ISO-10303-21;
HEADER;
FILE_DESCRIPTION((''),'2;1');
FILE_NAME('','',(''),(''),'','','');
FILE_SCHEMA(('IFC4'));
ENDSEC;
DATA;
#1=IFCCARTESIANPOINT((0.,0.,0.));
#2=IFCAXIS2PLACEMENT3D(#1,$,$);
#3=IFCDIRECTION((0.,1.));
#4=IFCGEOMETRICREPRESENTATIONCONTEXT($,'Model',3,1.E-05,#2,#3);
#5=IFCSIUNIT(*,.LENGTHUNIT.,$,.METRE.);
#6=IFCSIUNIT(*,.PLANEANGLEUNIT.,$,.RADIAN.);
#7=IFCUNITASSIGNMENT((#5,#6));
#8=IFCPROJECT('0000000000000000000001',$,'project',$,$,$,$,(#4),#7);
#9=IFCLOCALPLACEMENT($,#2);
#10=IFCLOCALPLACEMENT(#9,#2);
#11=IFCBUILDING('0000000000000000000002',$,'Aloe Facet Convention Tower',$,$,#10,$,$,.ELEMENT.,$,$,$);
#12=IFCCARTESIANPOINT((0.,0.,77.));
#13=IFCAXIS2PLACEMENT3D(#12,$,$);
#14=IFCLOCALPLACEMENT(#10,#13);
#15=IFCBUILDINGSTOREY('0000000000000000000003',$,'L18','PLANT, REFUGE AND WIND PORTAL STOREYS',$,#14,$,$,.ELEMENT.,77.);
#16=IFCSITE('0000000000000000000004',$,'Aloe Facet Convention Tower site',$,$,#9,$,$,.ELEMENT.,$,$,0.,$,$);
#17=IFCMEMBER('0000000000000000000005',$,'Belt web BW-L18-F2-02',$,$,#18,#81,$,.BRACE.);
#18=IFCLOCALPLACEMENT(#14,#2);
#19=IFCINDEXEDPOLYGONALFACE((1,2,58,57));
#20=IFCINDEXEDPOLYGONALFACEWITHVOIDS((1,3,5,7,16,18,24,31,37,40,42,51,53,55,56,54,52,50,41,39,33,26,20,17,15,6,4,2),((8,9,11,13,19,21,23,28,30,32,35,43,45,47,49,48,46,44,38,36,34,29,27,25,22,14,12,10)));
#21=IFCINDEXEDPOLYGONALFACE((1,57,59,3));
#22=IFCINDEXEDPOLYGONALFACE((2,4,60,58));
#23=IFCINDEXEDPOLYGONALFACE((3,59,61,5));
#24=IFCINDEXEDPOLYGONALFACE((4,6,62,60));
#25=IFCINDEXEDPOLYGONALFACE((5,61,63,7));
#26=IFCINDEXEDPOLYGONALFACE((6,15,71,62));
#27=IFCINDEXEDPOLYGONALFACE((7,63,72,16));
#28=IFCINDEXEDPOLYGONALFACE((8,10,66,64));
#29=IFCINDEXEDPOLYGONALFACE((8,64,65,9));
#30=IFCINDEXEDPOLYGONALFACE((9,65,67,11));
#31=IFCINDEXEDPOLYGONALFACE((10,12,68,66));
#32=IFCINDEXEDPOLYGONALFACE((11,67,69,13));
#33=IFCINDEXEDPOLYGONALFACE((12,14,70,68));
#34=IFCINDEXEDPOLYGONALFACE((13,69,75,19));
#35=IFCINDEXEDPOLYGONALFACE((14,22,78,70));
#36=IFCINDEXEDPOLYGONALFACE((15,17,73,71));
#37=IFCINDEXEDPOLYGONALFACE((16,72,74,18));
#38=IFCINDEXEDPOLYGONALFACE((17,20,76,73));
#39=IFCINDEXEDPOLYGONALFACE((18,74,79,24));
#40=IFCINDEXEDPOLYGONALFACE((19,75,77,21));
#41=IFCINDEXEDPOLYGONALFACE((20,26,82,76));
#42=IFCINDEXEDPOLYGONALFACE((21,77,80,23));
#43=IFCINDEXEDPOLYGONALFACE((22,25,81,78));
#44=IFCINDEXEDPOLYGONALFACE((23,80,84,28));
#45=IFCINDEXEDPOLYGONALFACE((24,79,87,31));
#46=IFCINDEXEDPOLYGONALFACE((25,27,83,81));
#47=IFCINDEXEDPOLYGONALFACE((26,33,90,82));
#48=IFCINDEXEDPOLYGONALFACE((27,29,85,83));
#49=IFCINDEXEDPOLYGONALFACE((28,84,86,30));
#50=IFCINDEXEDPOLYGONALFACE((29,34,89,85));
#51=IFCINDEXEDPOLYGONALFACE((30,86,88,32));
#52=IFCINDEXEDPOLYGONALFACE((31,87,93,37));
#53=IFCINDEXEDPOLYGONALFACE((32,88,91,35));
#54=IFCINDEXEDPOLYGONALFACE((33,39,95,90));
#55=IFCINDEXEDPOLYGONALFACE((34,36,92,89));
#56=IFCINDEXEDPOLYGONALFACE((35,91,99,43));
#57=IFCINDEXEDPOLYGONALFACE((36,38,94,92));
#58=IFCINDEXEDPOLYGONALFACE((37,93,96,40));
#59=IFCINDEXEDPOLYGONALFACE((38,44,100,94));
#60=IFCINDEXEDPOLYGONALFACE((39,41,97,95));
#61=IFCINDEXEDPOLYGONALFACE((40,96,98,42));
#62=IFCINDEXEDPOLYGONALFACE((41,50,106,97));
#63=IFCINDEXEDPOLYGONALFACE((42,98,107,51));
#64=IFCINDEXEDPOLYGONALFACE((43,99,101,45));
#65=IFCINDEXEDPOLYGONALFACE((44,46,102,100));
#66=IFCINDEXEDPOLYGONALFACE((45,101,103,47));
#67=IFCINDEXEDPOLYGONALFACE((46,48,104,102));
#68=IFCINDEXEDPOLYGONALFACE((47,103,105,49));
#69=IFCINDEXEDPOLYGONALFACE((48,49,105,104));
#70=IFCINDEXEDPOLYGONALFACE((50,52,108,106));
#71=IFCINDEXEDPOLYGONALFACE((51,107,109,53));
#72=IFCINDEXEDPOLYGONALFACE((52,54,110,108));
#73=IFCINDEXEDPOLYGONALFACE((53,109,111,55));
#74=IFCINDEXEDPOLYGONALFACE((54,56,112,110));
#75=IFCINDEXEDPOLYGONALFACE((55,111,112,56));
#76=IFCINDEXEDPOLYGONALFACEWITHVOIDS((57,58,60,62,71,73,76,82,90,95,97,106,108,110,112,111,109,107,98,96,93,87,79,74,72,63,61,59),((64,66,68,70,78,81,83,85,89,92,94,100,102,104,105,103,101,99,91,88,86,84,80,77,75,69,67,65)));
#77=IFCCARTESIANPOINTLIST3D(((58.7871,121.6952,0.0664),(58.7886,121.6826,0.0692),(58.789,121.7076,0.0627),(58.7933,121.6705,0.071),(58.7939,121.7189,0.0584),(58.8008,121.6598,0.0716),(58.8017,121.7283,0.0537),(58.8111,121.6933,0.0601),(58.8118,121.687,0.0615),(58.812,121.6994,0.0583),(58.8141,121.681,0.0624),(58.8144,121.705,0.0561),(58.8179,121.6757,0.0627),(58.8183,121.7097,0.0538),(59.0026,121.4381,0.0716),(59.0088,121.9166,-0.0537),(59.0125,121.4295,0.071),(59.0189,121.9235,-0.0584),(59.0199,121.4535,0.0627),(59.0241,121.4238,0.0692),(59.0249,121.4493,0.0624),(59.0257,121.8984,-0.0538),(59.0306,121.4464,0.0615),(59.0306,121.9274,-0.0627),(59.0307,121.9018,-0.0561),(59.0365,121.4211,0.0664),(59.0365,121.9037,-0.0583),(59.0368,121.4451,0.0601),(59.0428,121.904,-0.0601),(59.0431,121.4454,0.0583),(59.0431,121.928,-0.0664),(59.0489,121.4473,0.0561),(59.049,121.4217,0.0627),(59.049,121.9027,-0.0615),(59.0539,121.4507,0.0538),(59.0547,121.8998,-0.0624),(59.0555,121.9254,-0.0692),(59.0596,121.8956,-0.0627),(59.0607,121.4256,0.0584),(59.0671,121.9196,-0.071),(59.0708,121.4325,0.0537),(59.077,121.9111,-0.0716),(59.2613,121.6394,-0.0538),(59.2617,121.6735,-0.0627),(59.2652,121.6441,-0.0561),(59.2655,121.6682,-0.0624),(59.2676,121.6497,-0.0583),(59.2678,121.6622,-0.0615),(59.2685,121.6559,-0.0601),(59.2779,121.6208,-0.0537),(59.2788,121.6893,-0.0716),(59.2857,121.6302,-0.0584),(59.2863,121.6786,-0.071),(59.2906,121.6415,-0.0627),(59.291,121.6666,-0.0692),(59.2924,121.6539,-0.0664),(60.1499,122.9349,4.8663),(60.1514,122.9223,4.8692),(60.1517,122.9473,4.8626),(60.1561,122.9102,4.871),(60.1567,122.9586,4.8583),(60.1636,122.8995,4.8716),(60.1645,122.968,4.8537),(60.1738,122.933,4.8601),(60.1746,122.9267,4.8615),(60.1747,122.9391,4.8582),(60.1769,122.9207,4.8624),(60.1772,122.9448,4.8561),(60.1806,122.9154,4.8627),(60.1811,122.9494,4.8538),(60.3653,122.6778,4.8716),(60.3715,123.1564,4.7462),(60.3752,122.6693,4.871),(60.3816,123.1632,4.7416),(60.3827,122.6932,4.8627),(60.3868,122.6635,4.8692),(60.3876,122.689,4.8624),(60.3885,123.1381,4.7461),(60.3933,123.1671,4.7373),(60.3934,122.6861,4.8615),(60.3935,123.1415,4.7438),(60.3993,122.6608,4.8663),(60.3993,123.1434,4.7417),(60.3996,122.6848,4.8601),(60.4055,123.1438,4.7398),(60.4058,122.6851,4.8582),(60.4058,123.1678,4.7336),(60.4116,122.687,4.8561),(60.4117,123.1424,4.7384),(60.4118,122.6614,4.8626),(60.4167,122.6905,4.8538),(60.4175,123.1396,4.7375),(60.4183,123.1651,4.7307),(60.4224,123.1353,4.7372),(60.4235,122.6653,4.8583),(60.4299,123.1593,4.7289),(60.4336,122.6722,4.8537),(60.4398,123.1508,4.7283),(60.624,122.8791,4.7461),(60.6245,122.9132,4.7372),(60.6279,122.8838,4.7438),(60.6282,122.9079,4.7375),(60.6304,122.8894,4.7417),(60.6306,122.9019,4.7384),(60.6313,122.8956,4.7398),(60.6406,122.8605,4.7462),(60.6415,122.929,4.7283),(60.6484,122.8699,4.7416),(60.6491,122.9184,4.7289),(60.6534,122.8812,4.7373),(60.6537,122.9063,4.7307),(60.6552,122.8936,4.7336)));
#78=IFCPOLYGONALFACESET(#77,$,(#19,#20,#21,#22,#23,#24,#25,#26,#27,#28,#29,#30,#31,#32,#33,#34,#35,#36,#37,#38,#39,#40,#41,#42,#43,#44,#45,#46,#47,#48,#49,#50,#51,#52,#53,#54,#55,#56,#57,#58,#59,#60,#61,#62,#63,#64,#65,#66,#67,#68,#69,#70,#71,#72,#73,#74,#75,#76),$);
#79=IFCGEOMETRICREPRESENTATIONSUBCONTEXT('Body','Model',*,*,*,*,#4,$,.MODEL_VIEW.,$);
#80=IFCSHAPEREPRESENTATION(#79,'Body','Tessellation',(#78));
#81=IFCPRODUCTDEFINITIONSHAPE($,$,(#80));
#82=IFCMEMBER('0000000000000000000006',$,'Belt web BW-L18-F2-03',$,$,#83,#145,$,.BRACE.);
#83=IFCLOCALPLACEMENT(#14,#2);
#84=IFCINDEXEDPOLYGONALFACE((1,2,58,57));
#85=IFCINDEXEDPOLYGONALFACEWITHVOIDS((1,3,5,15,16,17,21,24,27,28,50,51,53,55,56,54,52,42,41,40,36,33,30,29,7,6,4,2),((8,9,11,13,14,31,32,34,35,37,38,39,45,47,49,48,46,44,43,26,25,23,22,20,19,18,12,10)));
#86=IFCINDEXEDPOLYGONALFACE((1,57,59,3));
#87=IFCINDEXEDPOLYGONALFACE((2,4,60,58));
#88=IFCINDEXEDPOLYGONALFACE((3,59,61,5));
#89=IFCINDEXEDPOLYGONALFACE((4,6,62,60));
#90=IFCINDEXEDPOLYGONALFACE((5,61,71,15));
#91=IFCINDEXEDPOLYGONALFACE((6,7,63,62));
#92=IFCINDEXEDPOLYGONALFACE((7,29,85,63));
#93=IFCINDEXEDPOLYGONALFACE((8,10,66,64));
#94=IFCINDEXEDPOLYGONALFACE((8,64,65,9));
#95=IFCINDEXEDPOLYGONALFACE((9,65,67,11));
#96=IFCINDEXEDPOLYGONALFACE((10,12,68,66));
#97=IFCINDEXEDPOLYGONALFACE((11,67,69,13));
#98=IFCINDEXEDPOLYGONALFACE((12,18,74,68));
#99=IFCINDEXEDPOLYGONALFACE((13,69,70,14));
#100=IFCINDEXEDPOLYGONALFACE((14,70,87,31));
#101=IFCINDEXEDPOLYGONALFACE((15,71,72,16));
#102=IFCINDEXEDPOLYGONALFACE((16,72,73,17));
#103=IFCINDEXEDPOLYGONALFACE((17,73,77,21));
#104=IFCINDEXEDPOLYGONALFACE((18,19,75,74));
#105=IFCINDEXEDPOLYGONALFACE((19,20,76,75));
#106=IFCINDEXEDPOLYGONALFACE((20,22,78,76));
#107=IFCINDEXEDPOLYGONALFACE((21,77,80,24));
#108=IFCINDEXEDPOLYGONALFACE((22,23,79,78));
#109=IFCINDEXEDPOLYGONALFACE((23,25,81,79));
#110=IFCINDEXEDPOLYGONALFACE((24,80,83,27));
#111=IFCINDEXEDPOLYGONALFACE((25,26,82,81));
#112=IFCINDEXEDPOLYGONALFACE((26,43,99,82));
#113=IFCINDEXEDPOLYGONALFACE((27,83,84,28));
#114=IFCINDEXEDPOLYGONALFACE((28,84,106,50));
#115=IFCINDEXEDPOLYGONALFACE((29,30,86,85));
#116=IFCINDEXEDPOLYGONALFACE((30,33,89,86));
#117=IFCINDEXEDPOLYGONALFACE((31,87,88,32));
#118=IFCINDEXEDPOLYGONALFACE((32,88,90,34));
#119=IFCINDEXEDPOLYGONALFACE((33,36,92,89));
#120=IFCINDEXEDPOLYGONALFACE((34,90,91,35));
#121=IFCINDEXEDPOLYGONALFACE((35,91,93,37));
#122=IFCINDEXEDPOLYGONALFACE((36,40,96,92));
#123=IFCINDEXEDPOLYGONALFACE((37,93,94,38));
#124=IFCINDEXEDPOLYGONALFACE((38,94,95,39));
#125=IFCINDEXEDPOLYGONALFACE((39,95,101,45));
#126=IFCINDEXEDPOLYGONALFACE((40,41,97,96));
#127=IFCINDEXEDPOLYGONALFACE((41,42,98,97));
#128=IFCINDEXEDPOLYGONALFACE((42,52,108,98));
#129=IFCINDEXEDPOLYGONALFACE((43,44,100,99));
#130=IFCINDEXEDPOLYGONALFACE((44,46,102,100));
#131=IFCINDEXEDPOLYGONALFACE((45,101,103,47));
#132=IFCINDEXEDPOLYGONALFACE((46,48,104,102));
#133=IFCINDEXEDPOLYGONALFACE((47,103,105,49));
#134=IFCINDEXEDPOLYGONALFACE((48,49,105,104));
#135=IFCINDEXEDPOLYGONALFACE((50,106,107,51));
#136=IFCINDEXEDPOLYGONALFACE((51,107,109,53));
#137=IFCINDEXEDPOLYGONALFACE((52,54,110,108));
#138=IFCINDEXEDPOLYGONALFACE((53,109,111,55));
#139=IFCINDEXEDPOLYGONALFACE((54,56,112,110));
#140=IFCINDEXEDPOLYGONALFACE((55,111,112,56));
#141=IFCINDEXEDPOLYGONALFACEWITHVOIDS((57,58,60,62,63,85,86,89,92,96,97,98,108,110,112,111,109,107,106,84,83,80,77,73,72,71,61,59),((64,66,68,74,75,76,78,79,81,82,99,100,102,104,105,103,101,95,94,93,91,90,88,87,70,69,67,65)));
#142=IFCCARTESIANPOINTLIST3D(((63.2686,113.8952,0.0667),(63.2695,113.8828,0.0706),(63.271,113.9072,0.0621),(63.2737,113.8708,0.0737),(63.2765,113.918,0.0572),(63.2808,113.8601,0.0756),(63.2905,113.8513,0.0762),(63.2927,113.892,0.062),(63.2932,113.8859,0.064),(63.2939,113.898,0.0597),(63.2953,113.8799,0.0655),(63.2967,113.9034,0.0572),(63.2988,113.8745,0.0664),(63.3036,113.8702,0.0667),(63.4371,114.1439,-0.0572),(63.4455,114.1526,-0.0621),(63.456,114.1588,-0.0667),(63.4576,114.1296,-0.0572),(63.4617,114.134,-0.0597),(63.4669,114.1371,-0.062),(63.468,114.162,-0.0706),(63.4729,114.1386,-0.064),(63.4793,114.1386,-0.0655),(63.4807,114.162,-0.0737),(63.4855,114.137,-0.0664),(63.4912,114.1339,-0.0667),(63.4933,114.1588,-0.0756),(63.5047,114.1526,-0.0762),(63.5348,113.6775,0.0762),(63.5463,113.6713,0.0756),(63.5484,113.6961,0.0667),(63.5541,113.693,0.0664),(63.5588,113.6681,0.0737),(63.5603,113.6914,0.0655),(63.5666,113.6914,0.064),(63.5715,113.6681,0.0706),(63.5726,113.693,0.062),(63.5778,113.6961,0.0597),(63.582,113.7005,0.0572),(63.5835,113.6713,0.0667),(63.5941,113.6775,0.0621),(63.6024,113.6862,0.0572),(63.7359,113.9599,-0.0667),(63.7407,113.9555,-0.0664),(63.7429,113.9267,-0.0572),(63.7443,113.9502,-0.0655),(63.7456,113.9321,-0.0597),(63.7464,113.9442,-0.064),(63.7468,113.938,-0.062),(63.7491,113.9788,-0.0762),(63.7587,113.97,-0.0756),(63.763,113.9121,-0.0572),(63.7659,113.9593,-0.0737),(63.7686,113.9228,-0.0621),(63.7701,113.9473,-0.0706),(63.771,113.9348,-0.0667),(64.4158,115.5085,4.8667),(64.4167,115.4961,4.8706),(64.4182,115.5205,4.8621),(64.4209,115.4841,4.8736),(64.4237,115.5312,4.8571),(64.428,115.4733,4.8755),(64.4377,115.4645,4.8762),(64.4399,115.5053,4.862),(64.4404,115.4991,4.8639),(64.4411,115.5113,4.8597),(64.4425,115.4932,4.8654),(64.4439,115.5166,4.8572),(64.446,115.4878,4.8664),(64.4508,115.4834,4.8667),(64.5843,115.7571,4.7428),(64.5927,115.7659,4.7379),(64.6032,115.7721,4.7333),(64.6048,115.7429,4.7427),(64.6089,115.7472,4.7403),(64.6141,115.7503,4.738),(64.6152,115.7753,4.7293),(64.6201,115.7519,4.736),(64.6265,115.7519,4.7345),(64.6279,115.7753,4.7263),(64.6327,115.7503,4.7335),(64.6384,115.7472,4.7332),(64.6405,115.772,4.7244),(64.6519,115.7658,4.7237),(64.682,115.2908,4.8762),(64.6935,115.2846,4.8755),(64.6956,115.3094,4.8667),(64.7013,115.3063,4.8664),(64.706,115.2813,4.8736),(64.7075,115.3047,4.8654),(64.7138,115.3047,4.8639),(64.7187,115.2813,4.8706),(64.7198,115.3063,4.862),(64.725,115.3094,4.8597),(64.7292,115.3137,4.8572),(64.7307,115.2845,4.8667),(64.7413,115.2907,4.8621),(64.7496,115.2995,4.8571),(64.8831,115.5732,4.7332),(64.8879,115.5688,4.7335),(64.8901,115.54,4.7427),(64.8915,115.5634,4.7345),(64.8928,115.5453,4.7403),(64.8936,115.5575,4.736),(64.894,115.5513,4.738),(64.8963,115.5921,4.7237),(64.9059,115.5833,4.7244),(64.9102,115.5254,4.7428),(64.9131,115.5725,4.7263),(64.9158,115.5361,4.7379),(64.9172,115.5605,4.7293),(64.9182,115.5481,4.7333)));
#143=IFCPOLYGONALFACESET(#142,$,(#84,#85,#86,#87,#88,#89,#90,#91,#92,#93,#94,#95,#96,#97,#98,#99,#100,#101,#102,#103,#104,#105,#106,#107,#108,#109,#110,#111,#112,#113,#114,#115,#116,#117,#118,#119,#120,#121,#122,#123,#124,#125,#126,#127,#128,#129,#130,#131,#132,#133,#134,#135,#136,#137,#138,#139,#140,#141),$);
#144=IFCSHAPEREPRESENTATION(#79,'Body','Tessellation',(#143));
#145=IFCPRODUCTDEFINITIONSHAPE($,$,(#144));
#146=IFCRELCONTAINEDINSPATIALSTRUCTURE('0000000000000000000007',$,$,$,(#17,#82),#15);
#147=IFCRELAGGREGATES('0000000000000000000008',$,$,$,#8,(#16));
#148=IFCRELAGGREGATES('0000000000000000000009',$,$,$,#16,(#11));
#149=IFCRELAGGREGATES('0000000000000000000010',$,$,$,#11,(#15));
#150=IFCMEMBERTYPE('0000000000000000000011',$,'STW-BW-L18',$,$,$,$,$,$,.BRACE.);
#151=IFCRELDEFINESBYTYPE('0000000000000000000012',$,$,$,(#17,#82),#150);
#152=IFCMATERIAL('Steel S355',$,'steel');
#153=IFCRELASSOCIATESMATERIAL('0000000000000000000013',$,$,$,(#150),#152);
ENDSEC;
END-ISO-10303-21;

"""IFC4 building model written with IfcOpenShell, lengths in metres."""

from ifc_helpers import new_model, si_unit, direction, frame, origin, origin_2d, place, context, subcontext, project, spatial, hollow_rectangle, extrude, material, material_profile, profile_set, type_object, element, save


model = new_model("IFC4")

# Units and contexts
model_context = context("Model", 3, precision=1e-05, world=origin(), true_north=direction((0.0, 1.0)))
body_context = subcontext(model_context, "Body", "Model", "MODEL_VIEW")
ifc_project = project(units=[si_unit("LENGTHUNIT", "METRE"), si_unit("PLANEANGLEUNIT", "RADIAN")], contexts=[model_context])

# Site, building, storey
site_placement = place(None, origin())
site = spatial("IfcSite", under=ifc_project, at=site_placement, Name="Aloe Facet Convention Tower site", CompositionType="ELEMENT", RefElevation=0.0)
building_placement = place(site_placement, origin())
building = spatial("IfcBuilding", under=site, at=building_placement, Name="Aloe Facet Convention Tower", CompositionType="ELEMENT")
storey_placement = place(building_placement, frame((0.0, 0.0, 77.0)))
storey = spatial("IfcBuildingStorey", under=building, at=storey_placement, Name="L18", Description="PLANT, REFUGE AND WIND PORTAL STOREYS", CompositionType="ELEMENT", Elevation=77.0)

# Members
ifc_material_1 = material(Name="Steel S355", Category="steel")
ifc_material_profile_1 = material_profile(ifc_material_1, hollow_rectangle(XDim=0.3999, YDim=0.3999, WallThickness=0.0249, InnerFilletRadius=0.0249, OuterFilletRadius=0.05, at=origin_2d()), Name="SHS 400x400x25")
ifc_profile_set_1 = profile_set([ifc_material_profile_1], Name="Steel S355")
member_type = type_object("IfcMemberType", Name="STW-BW-L18", PredefinedType="BRACE", material=ifc_profile_set_1)
member_1_placement = place(storey_placement, frame((59.0398, 121.6746, 0.0), z_axis=(0.265059, 0.241127, 0.933596), x_axis=(-0.672923, 0.739712, 0.0)))
element("IfcMember", 1, at=member_1_placement, inside=storey, type_object=member_type, Name="Belt web BW-L18-F2-02", PredefinedType="BRACE", context=body_context, shape_type="SweptSolid", body=[
    extrude(hollow_rectangle(XDim=0.3999, YDim=0.3999, WallThickness=0.0249, InnerFilletRadius=0.0249, OuterFilletRadius=0.05, at=origin_2d()), origin(), (0.0, 0.0, 1.0), 5.1414),
])
member_2_placement = place(storey_placement, frame((63.5198, 113.915, 0.0), z_axis=(0.220949, 0.310711, 0.924468), x_axis=(-0.814957, 0.579522, 0.0)))
element("IfcMember", 2, at=member_2_placement, inside=storey, type_object=member_type, Name="Belt web BW-L18-F2-03", PredefinedType="BRACE", context=body_context, shape_type="SweptSolid", body=[
    extrude(hollow_rectangle(XDim=0.3999, YDim=0.3999, WallThickness=0.0249, InnerFilletRadius=0.0249, OuterFilletRadius=0.05, at=origin_2d()), origin(), (0.0, 0.0, 1.0), 5.1921),
])

save(model, "model.ifc")
